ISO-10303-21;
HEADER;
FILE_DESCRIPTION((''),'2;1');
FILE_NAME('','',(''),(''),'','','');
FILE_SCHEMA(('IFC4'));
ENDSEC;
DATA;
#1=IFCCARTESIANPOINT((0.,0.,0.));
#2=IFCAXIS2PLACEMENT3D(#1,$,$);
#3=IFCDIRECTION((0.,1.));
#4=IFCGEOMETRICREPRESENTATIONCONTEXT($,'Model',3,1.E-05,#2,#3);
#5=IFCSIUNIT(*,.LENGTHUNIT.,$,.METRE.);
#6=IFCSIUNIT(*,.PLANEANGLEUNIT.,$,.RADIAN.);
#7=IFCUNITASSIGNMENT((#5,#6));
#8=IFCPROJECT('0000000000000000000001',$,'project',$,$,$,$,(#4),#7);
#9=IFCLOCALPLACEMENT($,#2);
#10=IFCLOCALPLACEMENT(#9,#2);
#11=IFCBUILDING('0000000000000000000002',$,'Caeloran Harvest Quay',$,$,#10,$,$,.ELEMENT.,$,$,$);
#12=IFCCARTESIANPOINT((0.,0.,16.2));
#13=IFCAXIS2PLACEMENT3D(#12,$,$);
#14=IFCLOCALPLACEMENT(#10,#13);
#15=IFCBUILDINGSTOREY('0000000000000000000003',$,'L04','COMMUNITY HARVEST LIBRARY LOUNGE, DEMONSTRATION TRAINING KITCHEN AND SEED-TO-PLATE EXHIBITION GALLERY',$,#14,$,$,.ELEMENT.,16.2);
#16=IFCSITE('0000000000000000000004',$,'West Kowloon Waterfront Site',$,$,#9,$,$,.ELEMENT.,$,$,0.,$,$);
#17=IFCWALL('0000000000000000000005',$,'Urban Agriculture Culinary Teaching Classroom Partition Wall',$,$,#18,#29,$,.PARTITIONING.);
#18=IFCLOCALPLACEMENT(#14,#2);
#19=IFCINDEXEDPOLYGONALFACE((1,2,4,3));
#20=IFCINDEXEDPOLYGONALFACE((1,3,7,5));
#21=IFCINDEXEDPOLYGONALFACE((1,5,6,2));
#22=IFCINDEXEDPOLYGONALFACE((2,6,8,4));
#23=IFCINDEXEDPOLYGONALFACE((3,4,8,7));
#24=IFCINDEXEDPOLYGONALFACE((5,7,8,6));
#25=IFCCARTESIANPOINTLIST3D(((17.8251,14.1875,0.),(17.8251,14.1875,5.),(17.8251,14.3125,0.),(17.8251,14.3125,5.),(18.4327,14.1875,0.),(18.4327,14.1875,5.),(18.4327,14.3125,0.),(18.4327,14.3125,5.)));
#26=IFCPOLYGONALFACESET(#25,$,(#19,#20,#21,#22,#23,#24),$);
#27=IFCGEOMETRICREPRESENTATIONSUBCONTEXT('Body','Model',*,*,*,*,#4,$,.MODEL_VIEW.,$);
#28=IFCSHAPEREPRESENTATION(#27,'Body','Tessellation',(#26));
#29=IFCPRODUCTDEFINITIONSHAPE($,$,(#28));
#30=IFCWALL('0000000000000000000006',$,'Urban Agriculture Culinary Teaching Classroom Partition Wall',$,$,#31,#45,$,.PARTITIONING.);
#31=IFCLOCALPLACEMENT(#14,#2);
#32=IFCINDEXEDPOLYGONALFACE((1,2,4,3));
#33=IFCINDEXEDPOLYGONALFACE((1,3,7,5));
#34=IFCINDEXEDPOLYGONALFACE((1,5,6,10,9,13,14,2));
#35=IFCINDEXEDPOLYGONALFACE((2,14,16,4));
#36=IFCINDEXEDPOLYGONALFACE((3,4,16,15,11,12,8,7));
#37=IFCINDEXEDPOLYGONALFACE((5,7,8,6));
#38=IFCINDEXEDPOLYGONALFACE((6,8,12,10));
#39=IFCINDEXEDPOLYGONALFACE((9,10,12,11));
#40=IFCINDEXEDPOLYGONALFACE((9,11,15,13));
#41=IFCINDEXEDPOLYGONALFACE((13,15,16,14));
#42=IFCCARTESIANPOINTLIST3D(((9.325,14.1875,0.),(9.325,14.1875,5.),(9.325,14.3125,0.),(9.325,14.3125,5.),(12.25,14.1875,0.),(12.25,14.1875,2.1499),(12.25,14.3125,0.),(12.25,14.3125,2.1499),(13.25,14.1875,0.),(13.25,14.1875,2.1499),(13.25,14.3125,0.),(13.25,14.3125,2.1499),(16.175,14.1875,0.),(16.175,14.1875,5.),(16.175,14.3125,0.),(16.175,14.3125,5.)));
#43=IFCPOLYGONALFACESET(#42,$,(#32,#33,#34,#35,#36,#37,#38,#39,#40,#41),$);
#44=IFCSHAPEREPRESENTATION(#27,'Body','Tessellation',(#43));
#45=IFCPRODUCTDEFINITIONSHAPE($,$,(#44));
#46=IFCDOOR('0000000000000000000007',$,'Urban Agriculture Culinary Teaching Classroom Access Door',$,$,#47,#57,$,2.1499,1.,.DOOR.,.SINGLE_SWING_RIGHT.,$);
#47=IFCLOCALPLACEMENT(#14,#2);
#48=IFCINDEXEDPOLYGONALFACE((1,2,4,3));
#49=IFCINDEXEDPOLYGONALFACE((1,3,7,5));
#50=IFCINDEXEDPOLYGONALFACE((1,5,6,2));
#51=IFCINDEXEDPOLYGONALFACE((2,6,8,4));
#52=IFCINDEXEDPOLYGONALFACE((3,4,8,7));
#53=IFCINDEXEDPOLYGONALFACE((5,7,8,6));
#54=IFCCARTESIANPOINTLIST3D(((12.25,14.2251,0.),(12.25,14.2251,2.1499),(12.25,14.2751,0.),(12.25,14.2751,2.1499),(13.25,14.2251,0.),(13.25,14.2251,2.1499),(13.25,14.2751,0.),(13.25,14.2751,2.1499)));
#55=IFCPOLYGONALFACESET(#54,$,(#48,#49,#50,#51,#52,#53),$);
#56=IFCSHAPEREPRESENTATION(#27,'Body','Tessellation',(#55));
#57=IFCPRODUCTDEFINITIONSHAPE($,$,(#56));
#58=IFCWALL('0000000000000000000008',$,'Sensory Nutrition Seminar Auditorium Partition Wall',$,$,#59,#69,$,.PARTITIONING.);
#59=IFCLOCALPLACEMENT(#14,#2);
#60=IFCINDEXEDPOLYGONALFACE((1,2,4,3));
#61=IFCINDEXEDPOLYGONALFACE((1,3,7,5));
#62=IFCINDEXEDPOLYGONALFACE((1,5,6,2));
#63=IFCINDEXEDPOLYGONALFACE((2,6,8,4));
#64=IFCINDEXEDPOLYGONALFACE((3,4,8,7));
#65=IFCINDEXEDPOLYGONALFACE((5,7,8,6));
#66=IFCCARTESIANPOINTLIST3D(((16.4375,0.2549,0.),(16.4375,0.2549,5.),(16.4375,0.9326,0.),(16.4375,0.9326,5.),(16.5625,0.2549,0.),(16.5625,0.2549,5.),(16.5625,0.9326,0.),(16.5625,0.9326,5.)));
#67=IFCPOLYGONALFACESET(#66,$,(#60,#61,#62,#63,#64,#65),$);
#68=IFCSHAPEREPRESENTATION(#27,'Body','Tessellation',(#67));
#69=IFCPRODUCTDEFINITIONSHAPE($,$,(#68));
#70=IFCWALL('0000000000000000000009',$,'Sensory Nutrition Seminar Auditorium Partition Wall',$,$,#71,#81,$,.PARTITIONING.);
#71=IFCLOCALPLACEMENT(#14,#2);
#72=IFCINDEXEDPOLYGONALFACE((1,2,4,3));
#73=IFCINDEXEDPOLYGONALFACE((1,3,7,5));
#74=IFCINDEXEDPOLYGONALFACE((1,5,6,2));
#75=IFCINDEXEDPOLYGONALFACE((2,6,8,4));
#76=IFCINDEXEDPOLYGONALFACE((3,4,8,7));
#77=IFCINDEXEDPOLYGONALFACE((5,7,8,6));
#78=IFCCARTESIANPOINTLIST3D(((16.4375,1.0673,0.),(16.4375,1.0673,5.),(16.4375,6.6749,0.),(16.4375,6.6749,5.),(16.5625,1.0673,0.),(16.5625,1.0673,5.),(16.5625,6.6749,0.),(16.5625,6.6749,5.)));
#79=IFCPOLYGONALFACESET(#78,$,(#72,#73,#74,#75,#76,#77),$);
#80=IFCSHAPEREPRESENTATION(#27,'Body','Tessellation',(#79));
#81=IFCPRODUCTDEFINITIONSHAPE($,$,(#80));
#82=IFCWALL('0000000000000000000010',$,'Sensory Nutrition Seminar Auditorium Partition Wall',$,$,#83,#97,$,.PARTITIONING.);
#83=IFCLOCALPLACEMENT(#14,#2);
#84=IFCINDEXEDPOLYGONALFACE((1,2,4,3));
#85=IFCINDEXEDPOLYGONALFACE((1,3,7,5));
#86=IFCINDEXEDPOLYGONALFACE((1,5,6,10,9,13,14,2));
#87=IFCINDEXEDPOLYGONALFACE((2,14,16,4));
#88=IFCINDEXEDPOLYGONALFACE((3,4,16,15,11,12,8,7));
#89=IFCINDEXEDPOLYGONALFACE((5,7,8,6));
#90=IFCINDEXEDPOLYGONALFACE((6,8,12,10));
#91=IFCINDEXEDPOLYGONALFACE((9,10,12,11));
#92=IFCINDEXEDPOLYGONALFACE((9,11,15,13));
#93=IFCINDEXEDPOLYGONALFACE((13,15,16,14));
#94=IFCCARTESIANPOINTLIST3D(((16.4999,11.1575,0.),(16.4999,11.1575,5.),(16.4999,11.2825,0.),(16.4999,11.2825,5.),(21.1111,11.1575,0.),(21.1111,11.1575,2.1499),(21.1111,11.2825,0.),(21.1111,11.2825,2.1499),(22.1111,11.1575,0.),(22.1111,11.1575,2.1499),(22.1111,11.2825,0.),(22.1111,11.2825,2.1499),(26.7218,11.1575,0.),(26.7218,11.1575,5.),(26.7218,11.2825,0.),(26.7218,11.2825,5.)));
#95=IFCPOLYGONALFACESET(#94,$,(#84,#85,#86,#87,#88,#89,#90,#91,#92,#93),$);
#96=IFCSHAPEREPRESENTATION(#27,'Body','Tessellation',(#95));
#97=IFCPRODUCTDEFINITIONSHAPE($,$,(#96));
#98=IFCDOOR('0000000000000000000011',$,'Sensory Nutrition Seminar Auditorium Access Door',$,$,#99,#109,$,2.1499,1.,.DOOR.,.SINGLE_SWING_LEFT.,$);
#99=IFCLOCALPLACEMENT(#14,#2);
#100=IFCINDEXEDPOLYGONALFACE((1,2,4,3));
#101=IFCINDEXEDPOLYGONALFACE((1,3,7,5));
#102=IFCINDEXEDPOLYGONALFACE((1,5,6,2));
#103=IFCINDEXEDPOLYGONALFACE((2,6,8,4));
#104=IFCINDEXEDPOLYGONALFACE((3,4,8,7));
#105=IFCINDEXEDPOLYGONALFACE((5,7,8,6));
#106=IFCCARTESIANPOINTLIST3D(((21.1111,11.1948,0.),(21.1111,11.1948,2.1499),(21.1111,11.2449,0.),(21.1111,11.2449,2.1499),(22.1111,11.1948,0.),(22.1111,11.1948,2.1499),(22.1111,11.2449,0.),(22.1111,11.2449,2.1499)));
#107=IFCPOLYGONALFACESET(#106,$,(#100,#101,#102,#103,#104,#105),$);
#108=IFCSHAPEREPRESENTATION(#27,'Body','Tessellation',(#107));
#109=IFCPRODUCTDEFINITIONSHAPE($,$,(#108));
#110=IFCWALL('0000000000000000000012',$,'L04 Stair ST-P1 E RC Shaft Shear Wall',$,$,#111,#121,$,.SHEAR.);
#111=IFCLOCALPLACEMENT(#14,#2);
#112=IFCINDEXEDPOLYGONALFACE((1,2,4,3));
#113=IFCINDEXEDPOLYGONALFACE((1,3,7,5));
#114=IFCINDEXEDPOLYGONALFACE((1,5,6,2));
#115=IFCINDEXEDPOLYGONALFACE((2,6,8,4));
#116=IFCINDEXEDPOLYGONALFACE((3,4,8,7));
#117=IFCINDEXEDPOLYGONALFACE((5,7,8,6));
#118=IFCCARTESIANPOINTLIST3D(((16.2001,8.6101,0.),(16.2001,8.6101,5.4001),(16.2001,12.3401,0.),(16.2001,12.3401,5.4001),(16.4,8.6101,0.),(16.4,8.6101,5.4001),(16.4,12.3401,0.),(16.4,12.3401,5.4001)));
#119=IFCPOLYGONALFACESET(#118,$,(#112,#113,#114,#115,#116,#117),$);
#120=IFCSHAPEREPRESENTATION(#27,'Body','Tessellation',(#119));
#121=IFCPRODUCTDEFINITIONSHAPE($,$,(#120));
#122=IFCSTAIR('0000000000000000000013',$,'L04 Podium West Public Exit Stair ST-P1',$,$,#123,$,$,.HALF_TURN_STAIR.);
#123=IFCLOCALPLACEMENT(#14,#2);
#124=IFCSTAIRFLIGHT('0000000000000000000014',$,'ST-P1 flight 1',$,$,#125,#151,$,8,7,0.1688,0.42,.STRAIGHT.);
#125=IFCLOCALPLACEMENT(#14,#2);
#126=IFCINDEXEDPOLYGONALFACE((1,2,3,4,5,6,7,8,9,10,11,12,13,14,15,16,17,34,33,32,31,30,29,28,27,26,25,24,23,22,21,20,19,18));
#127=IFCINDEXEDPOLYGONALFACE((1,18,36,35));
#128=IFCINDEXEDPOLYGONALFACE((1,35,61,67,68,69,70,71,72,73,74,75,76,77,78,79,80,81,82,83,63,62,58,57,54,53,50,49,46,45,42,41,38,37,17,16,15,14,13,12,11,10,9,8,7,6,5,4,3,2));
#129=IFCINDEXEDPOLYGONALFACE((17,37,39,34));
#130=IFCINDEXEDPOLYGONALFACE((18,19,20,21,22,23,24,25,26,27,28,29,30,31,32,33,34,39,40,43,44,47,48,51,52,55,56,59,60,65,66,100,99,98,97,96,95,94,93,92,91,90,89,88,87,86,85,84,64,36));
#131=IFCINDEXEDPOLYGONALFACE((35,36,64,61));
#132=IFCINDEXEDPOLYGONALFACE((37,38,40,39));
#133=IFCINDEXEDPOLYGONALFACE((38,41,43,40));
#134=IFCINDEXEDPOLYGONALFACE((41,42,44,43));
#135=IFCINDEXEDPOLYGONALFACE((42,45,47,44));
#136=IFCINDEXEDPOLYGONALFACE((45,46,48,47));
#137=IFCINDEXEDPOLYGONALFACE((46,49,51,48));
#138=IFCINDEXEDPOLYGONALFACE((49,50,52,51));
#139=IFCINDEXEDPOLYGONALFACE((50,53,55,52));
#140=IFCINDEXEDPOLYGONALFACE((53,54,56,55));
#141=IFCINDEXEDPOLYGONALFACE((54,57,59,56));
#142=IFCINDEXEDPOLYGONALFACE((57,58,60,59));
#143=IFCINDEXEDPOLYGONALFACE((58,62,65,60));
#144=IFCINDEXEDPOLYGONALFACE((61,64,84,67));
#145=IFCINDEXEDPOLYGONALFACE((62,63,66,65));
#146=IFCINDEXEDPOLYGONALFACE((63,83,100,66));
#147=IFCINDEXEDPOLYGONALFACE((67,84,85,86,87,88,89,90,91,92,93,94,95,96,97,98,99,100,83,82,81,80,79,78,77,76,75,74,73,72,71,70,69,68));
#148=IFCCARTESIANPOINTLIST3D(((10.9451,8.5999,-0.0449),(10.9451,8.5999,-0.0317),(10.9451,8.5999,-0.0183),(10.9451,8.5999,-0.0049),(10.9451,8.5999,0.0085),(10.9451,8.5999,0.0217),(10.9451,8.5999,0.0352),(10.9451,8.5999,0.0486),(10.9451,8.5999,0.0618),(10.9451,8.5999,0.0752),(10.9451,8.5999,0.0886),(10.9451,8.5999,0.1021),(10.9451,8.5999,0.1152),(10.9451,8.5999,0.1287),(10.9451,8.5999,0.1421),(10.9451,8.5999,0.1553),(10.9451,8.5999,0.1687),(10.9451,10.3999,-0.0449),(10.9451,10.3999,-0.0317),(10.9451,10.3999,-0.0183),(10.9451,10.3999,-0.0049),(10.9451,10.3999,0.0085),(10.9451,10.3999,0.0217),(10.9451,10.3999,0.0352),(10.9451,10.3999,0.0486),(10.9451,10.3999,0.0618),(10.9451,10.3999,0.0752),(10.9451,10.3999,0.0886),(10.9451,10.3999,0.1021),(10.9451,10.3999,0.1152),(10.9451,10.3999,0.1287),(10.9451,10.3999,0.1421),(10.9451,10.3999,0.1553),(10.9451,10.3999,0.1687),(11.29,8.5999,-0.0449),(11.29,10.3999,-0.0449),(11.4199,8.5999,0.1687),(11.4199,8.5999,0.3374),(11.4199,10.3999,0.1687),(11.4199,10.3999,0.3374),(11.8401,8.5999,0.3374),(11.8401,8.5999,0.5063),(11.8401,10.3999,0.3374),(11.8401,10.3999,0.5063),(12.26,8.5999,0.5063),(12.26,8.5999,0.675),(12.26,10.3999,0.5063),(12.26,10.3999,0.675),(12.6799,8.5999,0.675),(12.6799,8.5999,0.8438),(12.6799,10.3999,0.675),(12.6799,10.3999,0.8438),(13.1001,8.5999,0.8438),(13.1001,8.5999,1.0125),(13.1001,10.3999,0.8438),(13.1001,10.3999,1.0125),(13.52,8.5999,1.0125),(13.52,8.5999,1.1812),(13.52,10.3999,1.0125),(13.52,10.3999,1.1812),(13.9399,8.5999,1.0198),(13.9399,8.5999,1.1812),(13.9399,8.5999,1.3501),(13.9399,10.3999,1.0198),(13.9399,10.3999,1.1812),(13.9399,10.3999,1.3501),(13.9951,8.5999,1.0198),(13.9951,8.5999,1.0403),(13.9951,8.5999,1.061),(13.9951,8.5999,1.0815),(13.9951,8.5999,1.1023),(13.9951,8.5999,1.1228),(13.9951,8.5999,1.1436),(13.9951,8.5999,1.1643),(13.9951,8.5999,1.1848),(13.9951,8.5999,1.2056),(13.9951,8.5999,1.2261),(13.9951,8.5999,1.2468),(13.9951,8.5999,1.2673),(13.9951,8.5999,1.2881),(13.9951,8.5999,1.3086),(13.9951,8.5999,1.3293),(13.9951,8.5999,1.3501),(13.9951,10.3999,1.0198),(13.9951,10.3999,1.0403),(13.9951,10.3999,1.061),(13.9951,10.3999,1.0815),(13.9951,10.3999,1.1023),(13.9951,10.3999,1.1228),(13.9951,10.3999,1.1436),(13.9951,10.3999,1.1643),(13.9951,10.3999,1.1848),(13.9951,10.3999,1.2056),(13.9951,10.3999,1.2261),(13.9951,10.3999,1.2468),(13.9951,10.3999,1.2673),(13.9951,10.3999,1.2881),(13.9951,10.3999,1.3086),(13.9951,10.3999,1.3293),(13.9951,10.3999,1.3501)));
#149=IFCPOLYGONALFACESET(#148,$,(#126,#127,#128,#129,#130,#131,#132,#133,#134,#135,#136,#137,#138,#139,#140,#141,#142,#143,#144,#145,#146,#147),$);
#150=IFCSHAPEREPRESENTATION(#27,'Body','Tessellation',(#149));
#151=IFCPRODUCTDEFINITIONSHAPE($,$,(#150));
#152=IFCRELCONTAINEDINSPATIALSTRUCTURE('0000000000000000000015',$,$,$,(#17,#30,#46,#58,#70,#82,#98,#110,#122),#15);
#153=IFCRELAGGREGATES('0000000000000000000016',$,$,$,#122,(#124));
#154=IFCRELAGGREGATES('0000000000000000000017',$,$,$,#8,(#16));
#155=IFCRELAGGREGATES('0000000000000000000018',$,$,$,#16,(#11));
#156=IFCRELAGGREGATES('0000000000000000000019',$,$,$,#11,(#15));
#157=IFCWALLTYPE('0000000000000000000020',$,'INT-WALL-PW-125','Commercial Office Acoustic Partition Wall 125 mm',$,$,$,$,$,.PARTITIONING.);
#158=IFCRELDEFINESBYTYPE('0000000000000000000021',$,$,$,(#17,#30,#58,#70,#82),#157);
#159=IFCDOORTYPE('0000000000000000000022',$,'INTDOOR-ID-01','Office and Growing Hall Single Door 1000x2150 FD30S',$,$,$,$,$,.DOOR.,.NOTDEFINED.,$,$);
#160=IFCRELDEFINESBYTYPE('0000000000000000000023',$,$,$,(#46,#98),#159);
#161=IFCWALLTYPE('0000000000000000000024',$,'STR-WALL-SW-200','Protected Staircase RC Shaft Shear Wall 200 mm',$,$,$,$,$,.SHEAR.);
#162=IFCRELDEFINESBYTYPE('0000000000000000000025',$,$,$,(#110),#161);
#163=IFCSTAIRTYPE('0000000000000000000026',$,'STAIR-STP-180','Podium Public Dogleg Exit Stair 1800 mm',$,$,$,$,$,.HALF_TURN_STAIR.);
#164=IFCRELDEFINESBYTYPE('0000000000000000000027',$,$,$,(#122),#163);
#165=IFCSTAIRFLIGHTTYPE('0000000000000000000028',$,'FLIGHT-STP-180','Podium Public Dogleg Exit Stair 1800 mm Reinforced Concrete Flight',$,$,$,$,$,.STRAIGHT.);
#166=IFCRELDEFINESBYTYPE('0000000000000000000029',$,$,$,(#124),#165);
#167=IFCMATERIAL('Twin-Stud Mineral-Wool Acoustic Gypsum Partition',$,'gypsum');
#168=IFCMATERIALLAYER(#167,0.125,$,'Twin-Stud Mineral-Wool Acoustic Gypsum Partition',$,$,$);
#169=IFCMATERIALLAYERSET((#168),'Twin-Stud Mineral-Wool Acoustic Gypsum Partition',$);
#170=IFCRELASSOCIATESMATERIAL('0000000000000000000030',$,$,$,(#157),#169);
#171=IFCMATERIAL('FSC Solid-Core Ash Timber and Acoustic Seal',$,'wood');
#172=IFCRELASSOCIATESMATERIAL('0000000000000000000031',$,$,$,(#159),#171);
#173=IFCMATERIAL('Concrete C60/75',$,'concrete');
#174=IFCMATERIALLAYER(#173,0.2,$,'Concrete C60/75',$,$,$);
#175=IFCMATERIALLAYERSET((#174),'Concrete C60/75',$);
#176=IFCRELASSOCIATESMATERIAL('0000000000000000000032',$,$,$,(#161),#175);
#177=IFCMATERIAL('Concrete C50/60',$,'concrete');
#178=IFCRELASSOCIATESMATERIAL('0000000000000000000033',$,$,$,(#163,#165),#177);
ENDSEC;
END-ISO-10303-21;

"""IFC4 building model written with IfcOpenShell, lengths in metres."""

from ifc_helpers import new_model, si_unit, direction, frame, frame_2d, origin, place, context, subcontext, project, spatial, polyline, rectangle, outline, extrude, material, layer, layer_set, type_object, element, fill, aggregate, save


model = new_model("IFC4")

# Units and contexts
model_context = context("Model", 3, precision=1e-05, world=origin(), true_north=direction((0.0, 1.0)))
body_context = subcontext(model_context, "Body", "Model", "MODEL_VIEW")
ifc_project = project(units=[si_unit("LENGTHUNIT", "METRE"), si_unit("PLANEANGLEUNIT", "RADIAN")], contexts=[model_context])

# Site, building, storey
site_placement = place(None, origin())
site = spatial("IfcSite", under=ifc_project, at=site_placement, Name="West Kowloon Waterfront Site", CompositionType="ELEMENT", RefElevation=0.0)
building_placement = place(site_placement, origin())
building = spatial("IfcBuilding", under=site, at=building_placement, Name="Caeloran Harvest Quay", CompositionType="ELEMENT")
storey_placement = place(building_placement, frame((0.0, 0.0, 16.2)))
storey = spatial("IfcBuildingStorey", under=building, at=storey_placement, Name="L04", Description="COMMUNITY HARVEST LIBRARY LOUNGE, DEMONSTRATION TRAINING KITCHEN AND SEED-TO-PLATE EXHIBITION GALLERY", CompositionType="ELEMENT", Elevation=16.2)

# Wall
ifc_material_1 = material(Name="Twin-Stud Mineral-Wool Acoustic Gypsum Partition", Category="gypsum")
ifc_layer_1 = layer(ifc_material_1, 0.125, Name="Twin-Stud Mineral-Wool Acoustic Gypsum Partition")
ifc_layer_set_1 = layer_set([ifc_layer_1], Name="Twin-Stud Mineral-Wool Acoustic Gypsum Partition")
wall_type_1 = type_object("IfcWallType", Name="INT-WALL-PW-125", Description="Commercial Office Acoustic Partition Wall 125 mm", PredefinedType="PARTITIONING", material=ifc_layer_set_1)
wall_1_placement = place(storey_placement, frame((18.4326, 14.25, 0.0), z_axis=(0.0, 0.0, 1.0), x_axis=(-1.0, 0.0, 0.0)))
element("IfcWall", 1, at=wall_1_placement, inside=storey, type_object=wall_type_1, Name="Urban Agriculture Culinary Teaching Classroom Partition Wall", PredefinedType="PARTITIONING", context=body_context, shape_type="SweptSolid", body=[
    extrude(rectangle(XDim=0.6077, YDim=0.125, at=frame_2d((0.3037, 0.0))), origin(), (0.0, 0.0, 1.0), 5.0),
])

# Wall, opening, door
wall_2_placement = place(storey_placement, frame((16.175, 14.25, 0.0), z_axis=(0.0, 0.0, 1.0), x_axis=(-1.0, 0.0, 0.0)))
wall_2 = element("IfcWall", 2, at=wall_2_placement, inside=storey, type_object=wall_type_1, Name="Urban Agriculture Culinary Teaching Classroom Partition Wall", PredefinedType="PARTITIONING", context=body_context, shape_type="SweptSolid", body=[
    extrude(rectangle(XDim=6.8501, YDim=0.125, at=frame_2d((3.425, 0.0))), origin(), (0.0, 0.0, 1.0), 5.0),
])
opening_1_placement = place(wall_2_placement, frame((2.925, 0.0, 0.0)))
opening_1 = element("IfcOpeningElement", 3, at=opening_1_placement, cuts=wall_2, PredefinedType="OPENING", context=body_context, shape_type="SweptSolid", body=[
    extrude(rectangle(XDim=1.0, YDim=2.1499, at=frame_2d((0.5, 1.075))), frame((0.0, 0.0725, 0.0), z_axis=(0.0, -1.0, 0.0), x_axis=(1.0, 0.0, 0.0)), (0.0, 0.0, 1.0), 0.145),
])
ifc_material_2 = material(Name="FSC Solid-Core Ash Timber and Acoustic Seal", Category="wood")
door_type = type_object("IfcDoorType", Name="INTDOOR-ID-01", Description="Office and Growing Hall Single Door 1000x2150 FD30S", OperationType="NOTDEFINED", PredefinedType="DOOR", material=ifc_material_2)
door_1_placement = place(opening_1_placement, origin())
door_1 = element("IfcDoor", 4, at=door_1_placement, inside=storey, type_object=door_type, Name="Urban Agriculture Culinary Teaching Classroom Access Door", OperationType="SINGLE_SWING_RIGHT", OverallHeight=2.1499, OverallWidth=1.0, PredefinedType="DOOR", context=body_context, shape_type="SweptSolid", body=[
    extrude(rectangle(XDim=1.0, YDim=2.1499, at=frame_2d((0.5, 1.075))), frame((0.0, 0.0249, 0.0), z_axis=(0.0, -1.0, 0.0), x_axis=(1.0, 0.0, 0.0)), (0.0, 0.0, 1.0), 0.05),
])
fill(opening_1, door_1)

# Walls
wall_3_placement = place(storey_placement, frame((16.5, 0.2549, 0.0), z_axis=(0.0, 0.0, 1.0), x_axis=(0.0, 1.0, 0.0)))
element("IfcWall", 5, at=wall_3_placement, inside=storey, type_object=wall_type_1, Name="Sensory Nutrition Seminar Auditorium Partition Wall", PredefinedType="PARTITIONING", context=body_context, shape_type="SweptSolid", body=[
    extrude(rectangle(XDim=0.6777, YDim=0.125, at=frame_2d((0.3389, 0.0))), origin(), (0.0, 0.0, 1.0), 5.0),
])
wall_4_placement = place(storey_placement, frame((16.5, 1.0674, 0.0), z_axis=(0.0, 0.0, 1.0), x_axis=(0.0, 1.0, 0.0)))
element("IfcWall", 6, at=wall_4_placement, inside=storey, type_object=wall_type_1, Name="Sensory Nutrition Seminar Auditorium Partition Wall", PredefinedType="PARTITIONING", context=body_context, shape_type="SweptSolid", body=[
    extrude(rectangle(XDim=5.6077, YDim=0.125, at=frame_2d((2.8037, 0.0))), origin(), (0.0, 0.0, 1.0), 5.0),
])

# Wall, opening, door
wall_5_placement = place(storey_placement, frame((16.5, 11.22, 0.0), z_axis=(0.0, 0.0, 1.0), x_axis=(1.0, 0.0, 0.0)))
wall_5 = element("IfcWall", 7, at=wall_5_placement, inside=storey, type_object=wall_type_1, Name="Sensory Nutrition Seminar Auditorium Partition Wall", PredefinedType="PARTITIONING", context=body_context, shape_type="SweptSolid", body=[
    extrude(rectangle(XDim=10.2219, YDim=0.125, at=frame_2d((5.1108, 0.0))), origin(), (0.0, 0.0, 1.0), 5.0),
])
opening_2_placement = place(wall_5_placement, frame((4.6111, 0.0, 0.0)))
opening_2 = element("IfcOpeningElement", 8, at=opening_2_placement, cuts=wall_5, PredefinedType="OPENING", context=body_context, shape_type="SweptSolid", body=[
    extrude(rectangle(XDim=1.0, YDim=2.1499, at=frame_2d((0.5, 1.075))), frame((0.0, 0.0725, 0.0), z_axis=(0.0, -1.0, 0.0), x_axis=(1.0, 0.0, 0.0)), (0.0, 0.0, 1.0), 0.145),
])
door_2_placement = place(opening_2_placement, origin())
door_2 = element("IfcDoor", 9, at=door_2_placement, inside=storey, type_object=door_type, Name="Sensory Nutrition Seminar Auditorium Access Door", OperationType="SINGLE_SWING_LEFT", OverallHeight=2.1499, OverallWidth=1.0, PredefinedType="DOOR", context=body_context, shape_type="SweptSolid", body=[
    extrude(rectangle(XDim=1.0, YDim=2.1499, at=frame_2d((0.5, 1.075))), frame((0.0, 0.0249, 0.0), z_axis=(0.0, -1.0, 0.0), x_axis=(1.0, 0.0, 0.0)), (0.0, 0.0, 1.0), 0.05),
])
fill(opening_2, door_2)

# Wall
ifc_material_3 = material(Name="Concrete C60/75", Category="concrete")
ifc_layer_2 = layer(ifc_material_3, 0.2, Name="Concrete C60/75")
ifc_layer_set_2 = layer_set([ifc_layer_2], Name="Concrete C60/75")
wall_type_2 = type_object("IfcWallType", Name="STR-WALL-SW-200", Description="Protected Staircase RC Shaft Shear Wall 200 mm", PredefinedType="SHEAR", material=ifc_layer_set_2)
wall_6_placement = place(storey_placement, frame((16.3, 8.6101, 0.0), z_axis=(0.0, 0.0, 1.0), x_axis=(0.0, 1.0, 0.0)))
element("IfcWall", 10, at=wall_6_placement, inside=storey, type_object=wall_type_2, Name="L04 Stair ST-P1 E RC Shaft Shear Wall", PredefinedType="SHEAR", context=body_context, shape_type="SweptSolid", body=[
    extrude(rectangle(XDim=3.73, YDim=0.2, at=frame_2d((1.865, 0.0))), origin(), (0.0, 0.0, 1.0), 5.4001),
])

# Stair, stair flight
ifc_material_4 = material(Name="Concrete C50/60", Category="concrete")
stair_type = type_object("IfcStairType", Name="STAIR-STP-180", Description="Podium Public Dogleg Exit Stair 1800 mm", PredefinedType="HALF_TURN_STAIR", material=ifc_material_4)
stair_placement = place(storey_placement, origin())
stair = element("IfcStair", 11, at=stair_placement, inside=storey, type_object=stair_type, Name="L04 Podium West Public Exit Stair ST-P1", PredefinedType="HALF_TURN_STAIR")
stair_flight_type = type_object("IfcStairFlightType", Name="FLIGHT-STP-180", Description="Podium Public Dogleg Exit Stair 1800 mm Reinforced Concrete Flight", PredefinedType="STRAIGHT", material=ifc_material_4)
stair_flight_1_placement = place(storey_placement, frame((11.0, 9.5, 0.0), z_axis=(0.0, 0.0, 1.0), x_axis=(1.0, 0.0, 0.0)))
stair_flight_1 = element("IfcStairFlight", 12, at=stair_flight_1_placement, type_object=stair_flight_type, Name="ST-P1 flight 1", NumberOfRisers=8, NumberOfTreads=7, PredefinedType="STRAIGHT", RiserHeight=0.1688, TreadLength=0.42, context=body_context, shape_type="SweptSolid", body=[
    extrude(outline(polyline([(-0.0549, -0.0449), (-0.0549, -0.0317), (-0.0549, -0.0183), (-0.0549, -0.0049), (-0.0549, 0.0085), (-0.0549, 0.0217), (-0.0549, 0.0352), (-0.0549, 0.0486), (-0.0549, 0.0618), (-0.0549, 0.0752), (-0.0549, 0.0886), (-0.0549, 0.1021), (-0.0549, 0.1152), (-0.0549, 0.1287), (-0.0549, 0.1421), (-0.0549, 0.1553), (-0.0549, 0.1687), (0.4199, 0.1687), (0.4199, 0.3374), (0.8401, 0.3374), (0.8401, 0.5063), (1.26, 0.5063), (1.26, 0.675), (1.6799, 0.675), (1.6799, 0.8438), (2.1001, 0.8438), (2.1001, 1.0125), (2.52, 1.0125), (2.52, 1.1812), (2.9399, 1.1812), (2.9399, 1.3501), (2.9951, 1.3501), (2.9951, 1.3293), (2.9951, 1.3086), (2.9951, 1.2881), (2.9951, 1.2673), (2.9951, 1.2468), (2.9951, 1.2261), (2.9951, 1.2056), (2.9951, 1.1848), (2.9951, 1.1643), (2.9951, 1.1436), (2.9951, 1.1228), (2.9951, 1.1023), (2.9951, 1.0815), (2.9951, 1.061), (2.9951, 1.0403), (2.9951, 1.0198), (2.9399, 1.0198), (0.29, -0.0449), (-0.0549, -0.0449)])), frame((0.0, 0.8999, 0.0), z_axis=(0.0, -1.0, 0.0), x_axis=(1.0, 0.0, 0.0)), (0.0, 0.0, 1.0), 1.8),
])
aggregate(stair, [stair_flight_1])

save(model, "model.ifc")
